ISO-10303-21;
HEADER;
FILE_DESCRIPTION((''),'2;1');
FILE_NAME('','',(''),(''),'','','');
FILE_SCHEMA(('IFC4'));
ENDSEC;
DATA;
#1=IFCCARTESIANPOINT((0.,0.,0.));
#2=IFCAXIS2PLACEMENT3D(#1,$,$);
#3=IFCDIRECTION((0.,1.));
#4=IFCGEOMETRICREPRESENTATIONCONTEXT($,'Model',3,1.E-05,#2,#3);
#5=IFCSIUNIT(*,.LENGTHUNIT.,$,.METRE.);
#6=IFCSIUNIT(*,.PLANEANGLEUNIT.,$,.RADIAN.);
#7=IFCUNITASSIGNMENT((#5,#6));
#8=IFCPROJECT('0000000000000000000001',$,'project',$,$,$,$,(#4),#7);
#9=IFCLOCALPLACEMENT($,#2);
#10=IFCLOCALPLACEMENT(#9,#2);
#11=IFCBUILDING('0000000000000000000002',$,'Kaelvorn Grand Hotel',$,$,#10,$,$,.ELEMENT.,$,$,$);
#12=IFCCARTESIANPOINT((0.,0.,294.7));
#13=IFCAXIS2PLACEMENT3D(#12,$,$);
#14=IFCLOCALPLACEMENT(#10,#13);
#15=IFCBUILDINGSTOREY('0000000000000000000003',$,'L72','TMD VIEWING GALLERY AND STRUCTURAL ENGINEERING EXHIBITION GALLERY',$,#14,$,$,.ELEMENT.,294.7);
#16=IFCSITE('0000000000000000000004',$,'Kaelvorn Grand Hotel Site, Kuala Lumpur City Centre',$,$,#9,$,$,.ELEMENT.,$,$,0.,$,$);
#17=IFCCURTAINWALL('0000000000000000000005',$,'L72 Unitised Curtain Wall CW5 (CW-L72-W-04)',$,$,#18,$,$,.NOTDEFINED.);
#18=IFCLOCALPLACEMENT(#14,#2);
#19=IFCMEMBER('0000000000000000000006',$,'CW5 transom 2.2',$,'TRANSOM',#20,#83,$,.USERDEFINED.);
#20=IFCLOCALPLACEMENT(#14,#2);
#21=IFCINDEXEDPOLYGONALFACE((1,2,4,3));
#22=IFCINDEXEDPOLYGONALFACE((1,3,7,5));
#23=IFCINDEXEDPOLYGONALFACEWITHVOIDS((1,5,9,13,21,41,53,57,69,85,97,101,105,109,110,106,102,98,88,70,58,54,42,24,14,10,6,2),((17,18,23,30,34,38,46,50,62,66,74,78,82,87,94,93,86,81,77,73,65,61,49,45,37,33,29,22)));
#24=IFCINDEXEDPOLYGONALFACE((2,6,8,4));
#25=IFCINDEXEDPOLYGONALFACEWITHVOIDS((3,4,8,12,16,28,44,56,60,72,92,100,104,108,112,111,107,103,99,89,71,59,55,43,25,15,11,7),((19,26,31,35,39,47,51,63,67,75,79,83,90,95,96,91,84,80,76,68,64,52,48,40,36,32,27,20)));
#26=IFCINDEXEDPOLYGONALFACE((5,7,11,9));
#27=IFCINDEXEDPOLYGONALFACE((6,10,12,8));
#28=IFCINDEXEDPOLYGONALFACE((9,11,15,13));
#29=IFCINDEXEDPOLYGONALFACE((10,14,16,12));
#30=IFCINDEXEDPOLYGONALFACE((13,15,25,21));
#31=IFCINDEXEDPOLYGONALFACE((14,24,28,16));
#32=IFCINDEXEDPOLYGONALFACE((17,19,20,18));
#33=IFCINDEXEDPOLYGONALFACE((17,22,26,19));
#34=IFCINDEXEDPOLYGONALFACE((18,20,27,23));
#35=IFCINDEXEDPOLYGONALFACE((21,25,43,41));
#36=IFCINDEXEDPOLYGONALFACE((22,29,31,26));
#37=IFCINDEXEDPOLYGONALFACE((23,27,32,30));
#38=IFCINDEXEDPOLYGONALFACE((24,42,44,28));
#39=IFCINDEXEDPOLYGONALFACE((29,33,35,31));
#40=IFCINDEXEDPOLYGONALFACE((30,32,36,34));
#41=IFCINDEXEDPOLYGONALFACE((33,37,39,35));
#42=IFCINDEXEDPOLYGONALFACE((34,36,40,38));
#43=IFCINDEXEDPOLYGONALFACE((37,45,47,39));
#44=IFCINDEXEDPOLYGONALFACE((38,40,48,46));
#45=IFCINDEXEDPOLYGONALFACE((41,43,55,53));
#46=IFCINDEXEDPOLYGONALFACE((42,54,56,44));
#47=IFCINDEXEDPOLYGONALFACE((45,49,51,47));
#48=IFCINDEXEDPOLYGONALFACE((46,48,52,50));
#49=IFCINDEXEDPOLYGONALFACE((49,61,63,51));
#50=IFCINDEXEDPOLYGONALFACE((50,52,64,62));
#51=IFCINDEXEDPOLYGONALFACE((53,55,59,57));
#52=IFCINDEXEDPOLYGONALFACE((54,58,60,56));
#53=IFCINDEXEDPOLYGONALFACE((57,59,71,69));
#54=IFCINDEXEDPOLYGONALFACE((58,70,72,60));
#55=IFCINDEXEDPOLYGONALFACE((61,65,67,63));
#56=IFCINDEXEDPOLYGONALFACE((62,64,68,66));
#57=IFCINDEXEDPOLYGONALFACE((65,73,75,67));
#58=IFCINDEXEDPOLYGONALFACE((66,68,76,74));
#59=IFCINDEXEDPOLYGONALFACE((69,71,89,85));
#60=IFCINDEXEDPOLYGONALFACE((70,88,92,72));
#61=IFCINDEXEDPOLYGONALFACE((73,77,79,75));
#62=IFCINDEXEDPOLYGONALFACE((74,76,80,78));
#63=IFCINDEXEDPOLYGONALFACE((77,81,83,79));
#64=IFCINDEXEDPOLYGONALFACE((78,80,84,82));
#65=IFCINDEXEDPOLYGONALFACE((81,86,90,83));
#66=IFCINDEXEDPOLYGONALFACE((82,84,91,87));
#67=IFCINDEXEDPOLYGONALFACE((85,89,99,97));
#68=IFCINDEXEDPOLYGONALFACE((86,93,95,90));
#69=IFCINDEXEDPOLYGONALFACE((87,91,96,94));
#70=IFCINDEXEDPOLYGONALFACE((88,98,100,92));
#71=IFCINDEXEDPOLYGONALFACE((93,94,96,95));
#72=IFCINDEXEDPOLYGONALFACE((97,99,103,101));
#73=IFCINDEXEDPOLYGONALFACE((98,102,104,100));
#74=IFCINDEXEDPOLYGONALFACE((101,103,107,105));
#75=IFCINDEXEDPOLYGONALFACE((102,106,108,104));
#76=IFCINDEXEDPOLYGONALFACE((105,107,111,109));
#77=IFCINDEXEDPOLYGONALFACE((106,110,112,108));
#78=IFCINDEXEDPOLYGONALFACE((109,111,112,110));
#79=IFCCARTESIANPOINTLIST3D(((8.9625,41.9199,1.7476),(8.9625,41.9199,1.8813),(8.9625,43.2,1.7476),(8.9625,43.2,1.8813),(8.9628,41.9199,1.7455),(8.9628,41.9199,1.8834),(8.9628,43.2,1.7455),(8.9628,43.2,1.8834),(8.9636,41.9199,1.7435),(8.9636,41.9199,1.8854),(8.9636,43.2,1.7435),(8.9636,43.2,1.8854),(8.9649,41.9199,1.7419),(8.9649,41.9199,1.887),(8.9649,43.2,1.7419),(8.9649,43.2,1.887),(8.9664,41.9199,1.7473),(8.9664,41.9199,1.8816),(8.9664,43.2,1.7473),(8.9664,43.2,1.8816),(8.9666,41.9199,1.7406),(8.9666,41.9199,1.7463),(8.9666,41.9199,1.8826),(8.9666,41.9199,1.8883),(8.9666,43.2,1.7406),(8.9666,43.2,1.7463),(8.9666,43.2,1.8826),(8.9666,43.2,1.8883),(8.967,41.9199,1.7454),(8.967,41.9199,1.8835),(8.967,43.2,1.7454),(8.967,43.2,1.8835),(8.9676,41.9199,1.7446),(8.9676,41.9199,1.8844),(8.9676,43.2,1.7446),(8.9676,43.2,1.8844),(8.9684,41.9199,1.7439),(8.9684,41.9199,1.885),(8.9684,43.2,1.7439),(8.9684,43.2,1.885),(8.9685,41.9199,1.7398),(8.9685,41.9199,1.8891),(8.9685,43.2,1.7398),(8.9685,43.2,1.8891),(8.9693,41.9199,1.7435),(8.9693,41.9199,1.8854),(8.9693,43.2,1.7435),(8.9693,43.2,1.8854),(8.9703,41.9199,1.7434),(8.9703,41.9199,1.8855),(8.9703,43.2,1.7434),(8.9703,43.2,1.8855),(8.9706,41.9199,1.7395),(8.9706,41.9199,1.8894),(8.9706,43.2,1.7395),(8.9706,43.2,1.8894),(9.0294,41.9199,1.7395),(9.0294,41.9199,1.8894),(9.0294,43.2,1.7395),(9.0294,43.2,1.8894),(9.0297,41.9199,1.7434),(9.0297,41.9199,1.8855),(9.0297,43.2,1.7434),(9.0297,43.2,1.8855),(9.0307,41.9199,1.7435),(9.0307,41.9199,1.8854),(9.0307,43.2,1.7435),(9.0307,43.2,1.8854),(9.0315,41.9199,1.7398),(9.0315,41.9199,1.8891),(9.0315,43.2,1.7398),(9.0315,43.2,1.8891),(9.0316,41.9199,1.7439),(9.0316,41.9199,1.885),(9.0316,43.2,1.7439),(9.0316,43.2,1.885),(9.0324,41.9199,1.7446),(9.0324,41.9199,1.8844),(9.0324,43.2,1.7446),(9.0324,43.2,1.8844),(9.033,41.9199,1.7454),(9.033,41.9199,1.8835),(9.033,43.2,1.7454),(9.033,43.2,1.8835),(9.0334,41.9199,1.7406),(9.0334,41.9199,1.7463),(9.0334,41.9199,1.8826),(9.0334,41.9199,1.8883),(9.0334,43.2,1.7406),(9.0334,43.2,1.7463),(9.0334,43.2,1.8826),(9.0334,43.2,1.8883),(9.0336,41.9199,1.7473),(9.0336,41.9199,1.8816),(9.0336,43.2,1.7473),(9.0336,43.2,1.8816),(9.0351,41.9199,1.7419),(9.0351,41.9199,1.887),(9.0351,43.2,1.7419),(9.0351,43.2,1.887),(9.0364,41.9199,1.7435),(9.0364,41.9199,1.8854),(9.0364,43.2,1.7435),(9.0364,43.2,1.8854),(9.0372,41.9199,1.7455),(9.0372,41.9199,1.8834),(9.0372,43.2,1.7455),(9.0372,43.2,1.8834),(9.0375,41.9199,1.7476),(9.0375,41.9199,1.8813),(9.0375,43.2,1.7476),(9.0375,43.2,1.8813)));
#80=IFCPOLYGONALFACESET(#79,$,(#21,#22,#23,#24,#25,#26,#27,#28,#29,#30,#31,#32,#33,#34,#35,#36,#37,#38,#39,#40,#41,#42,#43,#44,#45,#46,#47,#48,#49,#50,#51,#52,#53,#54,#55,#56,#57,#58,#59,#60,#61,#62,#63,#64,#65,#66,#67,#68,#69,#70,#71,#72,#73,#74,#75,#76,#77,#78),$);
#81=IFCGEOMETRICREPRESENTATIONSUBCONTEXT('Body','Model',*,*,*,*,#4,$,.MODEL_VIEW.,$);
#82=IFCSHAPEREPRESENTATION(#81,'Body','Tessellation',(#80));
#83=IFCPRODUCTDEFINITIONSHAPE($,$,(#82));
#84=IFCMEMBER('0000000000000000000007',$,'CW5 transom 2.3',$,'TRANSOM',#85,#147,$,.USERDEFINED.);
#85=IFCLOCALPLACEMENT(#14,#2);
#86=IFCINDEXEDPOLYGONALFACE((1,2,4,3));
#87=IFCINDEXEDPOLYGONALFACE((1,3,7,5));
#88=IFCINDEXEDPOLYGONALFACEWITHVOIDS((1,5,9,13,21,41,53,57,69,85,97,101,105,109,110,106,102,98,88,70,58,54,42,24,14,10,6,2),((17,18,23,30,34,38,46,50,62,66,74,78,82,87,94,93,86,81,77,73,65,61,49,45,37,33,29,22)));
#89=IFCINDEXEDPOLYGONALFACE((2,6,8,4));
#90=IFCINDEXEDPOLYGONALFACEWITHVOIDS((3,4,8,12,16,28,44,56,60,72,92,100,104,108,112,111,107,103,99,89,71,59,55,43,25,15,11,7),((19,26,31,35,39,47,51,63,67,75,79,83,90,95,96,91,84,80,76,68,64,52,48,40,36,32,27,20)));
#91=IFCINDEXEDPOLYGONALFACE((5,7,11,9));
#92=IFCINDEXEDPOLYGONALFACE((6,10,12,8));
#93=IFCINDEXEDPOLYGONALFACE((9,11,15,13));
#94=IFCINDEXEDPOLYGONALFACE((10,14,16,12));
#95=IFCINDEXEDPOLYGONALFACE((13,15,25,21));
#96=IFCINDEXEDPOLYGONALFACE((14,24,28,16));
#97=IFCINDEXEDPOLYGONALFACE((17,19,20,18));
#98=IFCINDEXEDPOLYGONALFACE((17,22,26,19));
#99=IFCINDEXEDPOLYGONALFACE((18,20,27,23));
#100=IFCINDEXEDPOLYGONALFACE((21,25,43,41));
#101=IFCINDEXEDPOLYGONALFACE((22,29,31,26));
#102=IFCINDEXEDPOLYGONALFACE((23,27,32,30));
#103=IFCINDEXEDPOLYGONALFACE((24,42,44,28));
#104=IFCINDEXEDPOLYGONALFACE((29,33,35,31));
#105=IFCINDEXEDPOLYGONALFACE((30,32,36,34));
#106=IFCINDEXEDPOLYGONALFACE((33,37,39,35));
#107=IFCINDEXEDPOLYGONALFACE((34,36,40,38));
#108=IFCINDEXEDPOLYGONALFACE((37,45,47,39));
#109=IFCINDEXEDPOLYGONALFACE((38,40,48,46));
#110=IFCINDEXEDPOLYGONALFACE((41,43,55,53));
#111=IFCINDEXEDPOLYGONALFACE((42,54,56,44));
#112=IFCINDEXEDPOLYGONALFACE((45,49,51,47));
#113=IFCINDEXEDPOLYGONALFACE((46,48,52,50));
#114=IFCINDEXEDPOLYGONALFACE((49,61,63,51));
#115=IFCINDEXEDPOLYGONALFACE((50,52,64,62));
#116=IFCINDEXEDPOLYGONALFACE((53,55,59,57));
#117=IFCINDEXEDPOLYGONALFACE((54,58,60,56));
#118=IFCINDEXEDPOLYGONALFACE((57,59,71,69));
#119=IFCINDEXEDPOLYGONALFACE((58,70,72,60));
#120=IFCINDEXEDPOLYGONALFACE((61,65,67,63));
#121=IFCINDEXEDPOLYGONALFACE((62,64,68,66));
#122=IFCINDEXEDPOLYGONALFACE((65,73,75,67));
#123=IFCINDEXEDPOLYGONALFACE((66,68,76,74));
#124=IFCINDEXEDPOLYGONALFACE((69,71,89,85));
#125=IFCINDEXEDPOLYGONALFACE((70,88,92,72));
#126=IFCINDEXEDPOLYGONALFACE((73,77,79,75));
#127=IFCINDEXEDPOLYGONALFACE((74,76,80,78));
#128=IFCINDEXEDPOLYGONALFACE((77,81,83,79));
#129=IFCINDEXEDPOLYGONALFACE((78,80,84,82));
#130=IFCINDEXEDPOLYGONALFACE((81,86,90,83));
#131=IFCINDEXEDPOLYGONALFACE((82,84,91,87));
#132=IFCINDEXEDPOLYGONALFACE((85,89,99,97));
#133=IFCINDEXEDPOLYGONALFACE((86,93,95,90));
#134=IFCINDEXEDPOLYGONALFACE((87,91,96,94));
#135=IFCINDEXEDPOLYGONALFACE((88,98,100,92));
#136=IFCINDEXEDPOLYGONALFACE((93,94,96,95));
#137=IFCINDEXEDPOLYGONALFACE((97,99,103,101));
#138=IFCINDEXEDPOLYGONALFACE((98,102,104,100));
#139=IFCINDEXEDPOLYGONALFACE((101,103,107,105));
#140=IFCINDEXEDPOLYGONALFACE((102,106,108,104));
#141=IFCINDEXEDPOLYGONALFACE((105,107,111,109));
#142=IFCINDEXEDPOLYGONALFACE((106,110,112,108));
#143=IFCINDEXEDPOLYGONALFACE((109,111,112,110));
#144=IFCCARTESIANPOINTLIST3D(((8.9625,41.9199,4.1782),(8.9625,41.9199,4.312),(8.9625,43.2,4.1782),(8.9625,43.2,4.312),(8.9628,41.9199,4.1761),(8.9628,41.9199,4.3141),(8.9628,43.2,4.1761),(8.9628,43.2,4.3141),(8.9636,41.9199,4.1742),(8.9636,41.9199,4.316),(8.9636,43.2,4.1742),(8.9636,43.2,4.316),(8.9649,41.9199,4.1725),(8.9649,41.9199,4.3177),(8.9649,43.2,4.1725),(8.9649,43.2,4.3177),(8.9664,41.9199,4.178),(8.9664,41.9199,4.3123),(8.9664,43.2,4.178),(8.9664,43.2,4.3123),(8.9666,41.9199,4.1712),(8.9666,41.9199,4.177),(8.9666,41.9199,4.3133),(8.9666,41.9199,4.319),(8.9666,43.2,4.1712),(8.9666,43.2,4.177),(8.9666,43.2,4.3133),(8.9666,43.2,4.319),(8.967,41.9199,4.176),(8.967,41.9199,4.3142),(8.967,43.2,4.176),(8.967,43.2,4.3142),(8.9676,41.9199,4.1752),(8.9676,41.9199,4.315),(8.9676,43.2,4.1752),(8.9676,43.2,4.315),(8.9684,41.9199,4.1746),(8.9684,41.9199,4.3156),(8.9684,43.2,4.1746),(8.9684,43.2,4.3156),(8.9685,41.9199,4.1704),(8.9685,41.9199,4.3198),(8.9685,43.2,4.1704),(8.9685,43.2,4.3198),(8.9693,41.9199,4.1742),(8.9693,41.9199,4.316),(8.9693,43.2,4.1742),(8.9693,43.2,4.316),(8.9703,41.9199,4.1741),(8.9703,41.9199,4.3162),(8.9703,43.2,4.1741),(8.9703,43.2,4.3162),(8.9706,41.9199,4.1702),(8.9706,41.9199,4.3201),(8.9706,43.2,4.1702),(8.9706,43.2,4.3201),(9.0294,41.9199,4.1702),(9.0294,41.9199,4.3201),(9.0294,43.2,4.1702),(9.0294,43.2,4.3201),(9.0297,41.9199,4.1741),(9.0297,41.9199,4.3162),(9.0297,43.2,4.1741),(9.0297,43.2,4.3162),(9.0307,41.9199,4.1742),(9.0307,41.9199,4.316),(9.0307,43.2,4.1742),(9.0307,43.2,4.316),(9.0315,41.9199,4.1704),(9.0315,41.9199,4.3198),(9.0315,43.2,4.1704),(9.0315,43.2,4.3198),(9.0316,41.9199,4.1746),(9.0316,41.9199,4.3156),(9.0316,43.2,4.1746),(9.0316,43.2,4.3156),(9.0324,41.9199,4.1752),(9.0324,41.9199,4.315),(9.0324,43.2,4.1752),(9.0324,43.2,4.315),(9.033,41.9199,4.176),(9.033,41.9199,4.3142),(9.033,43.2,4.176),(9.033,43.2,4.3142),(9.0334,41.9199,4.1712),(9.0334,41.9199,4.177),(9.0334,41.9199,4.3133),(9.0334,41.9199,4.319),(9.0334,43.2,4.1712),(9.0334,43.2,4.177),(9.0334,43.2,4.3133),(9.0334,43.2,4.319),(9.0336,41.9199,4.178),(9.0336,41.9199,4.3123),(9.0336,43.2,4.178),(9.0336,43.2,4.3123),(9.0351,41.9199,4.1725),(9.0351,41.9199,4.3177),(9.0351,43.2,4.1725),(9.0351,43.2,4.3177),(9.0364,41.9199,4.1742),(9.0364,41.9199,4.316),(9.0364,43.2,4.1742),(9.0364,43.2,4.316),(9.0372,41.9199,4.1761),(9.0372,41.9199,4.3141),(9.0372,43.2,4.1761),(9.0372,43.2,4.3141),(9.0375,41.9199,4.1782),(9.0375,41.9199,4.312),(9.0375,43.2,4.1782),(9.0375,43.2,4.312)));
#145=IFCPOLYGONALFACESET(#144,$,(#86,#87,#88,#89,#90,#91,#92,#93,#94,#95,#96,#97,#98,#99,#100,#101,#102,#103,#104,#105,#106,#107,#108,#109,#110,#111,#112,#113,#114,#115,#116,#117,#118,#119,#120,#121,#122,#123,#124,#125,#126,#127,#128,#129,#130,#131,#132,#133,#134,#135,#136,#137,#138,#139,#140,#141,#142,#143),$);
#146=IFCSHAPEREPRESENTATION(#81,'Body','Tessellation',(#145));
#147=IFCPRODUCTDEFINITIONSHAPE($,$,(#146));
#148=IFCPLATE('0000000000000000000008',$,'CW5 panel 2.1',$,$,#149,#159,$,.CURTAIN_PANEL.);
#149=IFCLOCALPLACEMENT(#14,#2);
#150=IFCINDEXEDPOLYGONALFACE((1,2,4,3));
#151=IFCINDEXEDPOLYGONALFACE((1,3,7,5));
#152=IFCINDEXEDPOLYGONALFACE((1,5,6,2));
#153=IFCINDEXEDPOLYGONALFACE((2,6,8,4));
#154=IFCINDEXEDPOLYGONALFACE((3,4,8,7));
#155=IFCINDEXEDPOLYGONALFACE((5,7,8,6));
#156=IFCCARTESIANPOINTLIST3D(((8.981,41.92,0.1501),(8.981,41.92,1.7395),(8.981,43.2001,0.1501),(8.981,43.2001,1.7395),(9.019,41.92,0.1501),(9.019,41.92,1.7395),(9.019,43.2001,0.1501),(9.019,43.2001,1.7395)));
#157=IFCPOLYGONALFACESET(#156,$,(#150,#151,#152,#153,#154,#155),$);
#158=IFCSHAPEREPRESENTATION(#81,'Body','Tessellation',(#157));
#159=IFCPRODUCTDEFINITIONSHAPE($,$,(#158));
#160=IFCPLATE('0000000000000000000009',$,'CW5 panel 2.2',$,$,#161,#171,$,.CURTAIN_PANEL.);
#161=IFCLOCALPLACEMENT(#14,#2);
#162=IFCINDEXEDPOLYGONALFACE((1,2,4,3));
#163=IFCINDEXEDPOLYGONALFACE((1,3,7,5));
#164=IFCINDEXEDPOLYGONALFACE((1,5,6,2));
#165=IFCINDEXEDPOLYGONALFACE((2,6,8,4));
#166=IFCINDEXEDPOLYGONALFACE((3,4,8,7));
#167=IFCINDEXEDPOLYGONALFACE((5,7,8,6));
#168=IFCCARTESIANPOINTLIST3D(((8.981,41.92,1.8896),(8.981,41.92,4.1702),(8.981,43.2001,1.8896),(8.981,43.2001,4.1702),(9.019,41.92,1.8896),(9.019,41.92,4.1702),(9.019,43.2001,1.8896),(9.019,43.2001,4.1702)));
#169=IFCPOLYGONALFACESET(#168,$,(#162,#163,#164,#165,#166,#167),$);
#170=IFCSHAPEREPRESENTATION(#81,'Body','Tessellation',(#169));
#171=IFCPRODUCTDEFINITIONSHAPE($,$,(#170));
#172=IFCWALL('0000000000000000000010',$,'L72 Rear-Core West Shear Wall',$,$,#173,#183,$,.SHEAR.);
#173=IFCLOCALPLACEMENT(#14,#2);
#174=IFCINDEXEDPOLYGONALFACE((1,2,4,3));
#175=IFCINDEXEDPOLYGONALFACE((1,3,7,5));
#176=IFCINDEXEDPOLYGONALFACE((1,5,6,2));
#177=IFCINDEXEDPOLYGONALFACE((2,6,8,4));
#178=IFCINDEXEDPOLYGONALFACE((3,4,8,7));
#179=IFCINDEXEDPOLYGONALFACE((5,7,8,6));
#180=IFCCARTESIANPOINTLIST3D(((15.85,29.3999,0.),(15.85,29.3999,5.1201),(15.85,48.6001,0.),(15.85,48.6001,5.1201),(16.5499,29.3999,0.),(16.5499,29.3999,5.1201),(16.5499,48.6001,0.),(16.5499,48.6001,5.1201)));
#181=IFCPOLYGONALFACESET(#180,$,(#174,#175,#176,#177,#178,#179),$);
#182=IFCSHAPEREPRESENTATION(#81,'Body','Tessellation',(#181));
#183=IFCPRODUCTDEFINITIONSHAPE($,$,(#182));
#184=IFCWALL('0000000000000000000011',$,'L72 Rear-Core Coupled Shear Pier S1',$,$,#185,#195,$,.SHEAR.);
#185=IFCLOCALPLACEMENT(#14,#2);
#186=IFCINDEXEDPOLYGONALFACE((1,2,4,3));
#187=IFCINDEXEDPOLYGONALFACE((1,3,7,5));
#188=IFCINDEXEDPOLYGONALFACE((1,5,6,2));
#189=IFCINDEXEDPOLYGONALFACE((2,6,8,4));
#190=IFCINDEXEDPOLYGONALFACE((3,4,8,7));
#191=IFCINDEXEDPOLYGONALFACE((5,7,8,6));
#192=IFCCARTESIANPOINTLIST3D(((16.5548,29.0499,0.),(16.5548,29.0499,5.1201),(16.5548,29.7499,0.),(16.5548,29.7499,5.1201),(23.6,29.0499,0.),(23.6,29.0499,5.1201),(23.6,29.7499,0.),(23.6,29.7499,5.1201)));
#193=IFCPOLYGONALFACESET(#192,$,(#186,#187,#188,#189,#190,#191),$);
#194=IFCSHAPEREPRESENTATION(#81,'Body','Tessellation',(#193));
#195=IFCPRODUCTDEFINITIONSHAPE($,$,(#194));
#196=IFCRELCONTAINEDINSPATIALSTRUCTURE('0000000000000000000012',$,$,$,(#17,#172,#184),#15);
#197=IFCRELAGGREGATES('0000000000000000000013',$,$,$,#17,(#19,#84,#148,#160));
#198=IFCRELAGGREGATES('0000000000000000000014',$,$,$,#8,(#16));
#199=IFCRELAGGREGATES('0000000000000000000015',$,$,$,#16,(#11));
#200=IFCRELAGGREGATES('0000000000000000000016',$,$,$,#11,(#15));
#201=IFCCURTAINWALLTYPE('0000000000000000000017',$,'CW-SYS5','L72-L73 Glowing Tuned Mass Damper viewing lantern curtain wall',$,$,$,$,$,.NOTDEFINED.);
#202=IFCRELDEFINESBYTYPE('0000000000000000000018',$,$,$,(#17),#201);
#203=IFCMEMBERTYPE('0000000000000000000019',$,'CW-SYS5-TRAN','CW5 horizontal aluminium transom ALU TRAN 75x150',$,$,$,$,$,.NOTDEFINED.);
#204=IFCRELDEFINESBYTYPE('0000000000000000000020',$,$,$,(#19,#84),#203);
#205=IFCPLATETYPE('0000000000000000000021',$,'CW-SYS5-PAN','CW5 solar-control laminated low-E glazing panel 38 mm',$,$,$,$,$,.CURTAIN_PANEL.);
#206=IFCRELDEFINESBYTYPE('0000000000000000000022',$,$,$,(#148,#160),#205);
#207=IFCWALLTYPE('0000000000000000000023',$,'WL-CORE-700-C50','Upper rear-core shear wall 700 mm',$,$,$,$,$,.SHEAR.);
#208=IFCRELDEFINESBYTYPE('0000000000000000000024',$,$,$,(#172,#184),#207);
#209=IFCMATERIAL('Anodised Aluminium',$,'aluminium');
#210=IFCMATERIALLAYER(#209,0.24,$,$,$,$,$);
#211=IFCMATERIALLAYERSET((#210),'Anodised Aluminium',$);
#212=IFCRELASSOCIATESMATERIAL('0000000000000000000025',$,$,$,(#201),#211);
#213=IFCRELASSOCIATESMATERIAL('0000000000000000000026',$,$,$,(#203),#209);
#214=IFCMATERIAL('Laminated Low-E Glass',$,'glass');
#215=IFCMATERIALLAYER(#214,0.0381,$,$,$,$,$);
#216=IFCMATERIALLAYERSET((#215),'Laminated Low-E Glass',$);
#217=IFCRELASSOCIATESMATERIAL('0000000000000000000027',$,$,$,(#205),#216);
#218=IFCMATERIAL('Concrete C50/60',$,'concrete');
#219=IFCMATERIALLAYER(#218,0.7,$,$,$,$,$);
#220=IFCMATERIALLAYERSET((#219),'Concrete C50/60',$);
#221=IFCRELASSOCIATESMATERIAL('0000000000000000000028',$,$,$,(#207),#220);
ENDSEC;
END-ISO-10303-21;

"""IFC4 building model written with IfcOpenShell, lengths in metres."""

from ifc_helpers import new_model, si_unit, direction, frame, frame_2d, origin, origin_2d, place, context, subcontext, project, spatial, rectangle, hollow_rectangle, extrude, material, layer, layer_set, material_profile, profile_set, type_object, element, aggregate, save


model = new_model("IFC4")

# Units and contexts
model_context = context("Model", 3, precision=1e-05, world=origin(), true_north=direction((0.0, 1.0)))
body_context = subcontext(model_context, "Body", "Model", "MODEL_VIEW")
ifc_project = project(units=[si_unit("LENGTHUNIT", "METRE"), si_unit("PLANEANGLEUNIT", "RADIAN")], contexts=[model_context])

# Site, building, storey
site_placement = place(None, origin())
site = spatial("IfcSite", under=ifc_project, at=site_placement, Name="Kaelvorn Grand Hotel Site, Kuala Lumpur City Centre", CompositionType="ELEMENT", RefElevation=0.0)
building_placement = place(site_placement, origin())
building = spatial("IfcBuilding", under=site, at=building_placement, Name="Kaelvorn Grand Hotel", CompositionType="ELEMENT")
storey_placement = place(building_placement, frame((0.0, 0.0, 294.7)))
storey = spatial("IfcBuildingStorey", under=building, at=storey_placement, Name="L72", Description="TMD VIEWING GALLERY AND STRUCTURAL ENGINEERING EXHIBITION GALLERY", CompositionType="ELEMENT", Elevation=294.7)

# Shared definitions
ifc_material_1 = material(Name="Concrete C50/60", Category="concrete")

# Curtain wall, members, plates
ifc_material_2 = material(Name="Anodised Aluminium", Category="aluminium")
ifc_layer_1 = layer(ifc_material_2, 0.24)
ifc_layer_set_1 = layer_set([ifc_layer_1], Name="Anodised Aluminium")
curtain_wall_type = type_object("IfcCurtainWallType", Name="CW-SYS5", Description="L72-L73 Glowing Tuned Mass Damper viewing lantern curtain wall", PredefinedType="NOTDEFINED", material=ifc_layer_set_1)
curtain_wall_placement = place(storey_placement, origin())
curtain_wall = element("IfcCurtainWall", 1, at=curtain_wall_placement, inside=storey, type_object=curtain_wall_type, Name="L72 Unitised Curtain Wall CW5 (CW-L72-W-04)", PredefinedType="NOTDEFINED")
ifc_material_profile_1 = material_profile(ifc_material_2, hollow_rectangle(XDim=0.075, YDim=0.1499, WallThickness=0.0039, InnerFilletRadius=0.0039, OuterFilletRadius=0.0081, at=origin_2d()), Name="ALU TRAN 75x150")
ifc_profile_set_1 = profile_set([ifc_material_profile_1], Name="Anodised Aluminium")
member_type = type_object("IfcMemberType", Name="CW-SYS5-TRAN", Description="CW5 horizontal aluminium transom ALU TRAN 75x150", PredefinedType="NOTDEFINED", material=ifc_profile_set_1)
member_1_placement = place(storey_placement, frame((9.0, 43.2, 1.8145), z_axis=(0.0, -1.0, 0.0), x_axis=(1.0, 0.0, 0.0)))
member_1 = element("IfcMember", 2, at=member_1_placement, type_object=member_type, Name="CW5 transom 2.2", ObjectType="TRANSOM", PredefinedType="USERDEFINED", context=body_context, shape_type="SweptSolid", body=[
    extrude(hollow_rectangle(XDim=0.075, YDim=0.1499, WallThickness=0.0039, InnerFilletRadius=0.0039, OuterFilletRadius=0.0081, at=origin_2d()), origin(), (0.0, 0.0, 1.0), 1.28),
])
member_2_placement = place(storey_placement, frame((9.0, 43.2, 4.2451), z_axis=(0.0, -1.0, 0.0), x_axis=(1.0, 0.0, 0.0)))
member_2 = element("IfcMember", 3, at=member_2_placement, type_object=member_type, Name="CW5 transom 2.3", ObjectType="TRANSOM", PredefinedType="USERDEFINED", context=body_context, shape_type="SweptSolid", body=[
    extrude(hollow_rectangle(XDim=0.075, YDim=0.1499, WallThickness=0.0039, InnerFilletRadius=0.0039, OuterFilletRadius=0.0081, at=origin_2d()), origin(), (0.0, 0.0, 1.0), 1.28),
])
ifc_material_3 = material(Name="Laminated Low-E Glass", Category="glass")
ifc_layer_2 = layer(ifc_material_3, 0.0381)
ifc_layer_set_2 = layer_set([ifc_layer_2], Name="Laminated Low-E Glass")
plate_type = type_object("IfcPlateType", Name="CW-SYS5-PAN", Description="CW5 solar-control laminated low-E glazing panel 38 mm", PredefinedType="CURTAIN_PANEL", material=ifc_layer_set_2)
plate_1_placement = place(storey_placement, frame((9.0, 42.5601, 0.1501), z_axis=(0.0, 0.0, 1.0), x_axis=(0.0, -1.0, 0.0)))
plate_1 = element("IfcPlate", 4, at=plate_1_placement, type_object=plate_type, Name="CW5 panel 2.1", PredefinedType="CURTAIN_PANEL", context=body_context, shape_type="SweptSolid", body=[
    extrude(rectangle(XDim=1.28, YDim=0.0381, at=origin_2d()), origin(), (0.0, 0.0, 1.0), 1.5894),
])
plate_2_placement = place(storey_placement, frame((9.0, 42.5601, 1.8896), z_axis=(0.0, 0.0, 1.0), x_axis=(0.0, -1.0, 0.0)))
plate_2 = element("IfcPlate", 5, at=plate_2_placement, type_object=plate_type, Name="CW5 panel 2.2", PredefinedType="CURTAIN_PANEL", context=body_context, shape_type="SweptSolid", body=[
    extrude(rectangle(XDim=1.28, YDim=0.0381, at=origin_2d()), origin(), (0.0, 0.0, 1.0), 2.2805),
])
aggregate(curtain_wall, [member_1, member_2, plate_1, plate_2])

# Walls
ifc_layer_3 = layer(ifc_material_1, 0.7)
ifc_layer_set_3 = layer_set([ifc_layer_3], Name="Concrete C50/60")
wall_type_1 = type_object("IfcWallType", Name="WL-CORE-700-C50", Description="Upper rear-core shear wall 700 mm", PredefinedType="SHEAR", material=ifc_layer_set_3)
wall_1_placement = place(storey_placement, frame((16.2, 29.3999, 0.0), z_axis=(0.0, 0.0, 1.0), x_axis=(0.0, 1.0, 0.0)))
element("IfcWall", 6, at=wall_1_placement, inside=storey, type_object=wall_type_1, Name="L72 Rear-Core West Shear Wall", PredefinedType="SHEAR", context=body_context, shape_type="SweptSolid", body=[
    extrude(rectangle(XDim=19.2002, YDim=0.7, at=frame_2d((9.6001, 0.0))), origin(), (0.0, 0.0, 1.0), 5.1201),
])
wall_2_placement = place(storey_placement, frame((16.5549, 29.3999, 0.0), z_axis=(0.0, 0.0, 1.0), x_axis=(1.0, 0.0, 0.0)))
element("IfcWall", 7, at=wall_2_placement, inside=storey, type_object=wall_type_1, Name="L72 Rear-Core Coupled Shear Pier S1", PredefinedType="SHEAR", context=body_context, shape_type="SweptSolid", body=[
    extrude(rectangle(XDim=7.0452, YDim=0.7, at=frame_2d((3.5225, 0.0))), origin(), (0.0, 0.0, 1.0), 5.1201),
])

save(model, "model.ifc")
